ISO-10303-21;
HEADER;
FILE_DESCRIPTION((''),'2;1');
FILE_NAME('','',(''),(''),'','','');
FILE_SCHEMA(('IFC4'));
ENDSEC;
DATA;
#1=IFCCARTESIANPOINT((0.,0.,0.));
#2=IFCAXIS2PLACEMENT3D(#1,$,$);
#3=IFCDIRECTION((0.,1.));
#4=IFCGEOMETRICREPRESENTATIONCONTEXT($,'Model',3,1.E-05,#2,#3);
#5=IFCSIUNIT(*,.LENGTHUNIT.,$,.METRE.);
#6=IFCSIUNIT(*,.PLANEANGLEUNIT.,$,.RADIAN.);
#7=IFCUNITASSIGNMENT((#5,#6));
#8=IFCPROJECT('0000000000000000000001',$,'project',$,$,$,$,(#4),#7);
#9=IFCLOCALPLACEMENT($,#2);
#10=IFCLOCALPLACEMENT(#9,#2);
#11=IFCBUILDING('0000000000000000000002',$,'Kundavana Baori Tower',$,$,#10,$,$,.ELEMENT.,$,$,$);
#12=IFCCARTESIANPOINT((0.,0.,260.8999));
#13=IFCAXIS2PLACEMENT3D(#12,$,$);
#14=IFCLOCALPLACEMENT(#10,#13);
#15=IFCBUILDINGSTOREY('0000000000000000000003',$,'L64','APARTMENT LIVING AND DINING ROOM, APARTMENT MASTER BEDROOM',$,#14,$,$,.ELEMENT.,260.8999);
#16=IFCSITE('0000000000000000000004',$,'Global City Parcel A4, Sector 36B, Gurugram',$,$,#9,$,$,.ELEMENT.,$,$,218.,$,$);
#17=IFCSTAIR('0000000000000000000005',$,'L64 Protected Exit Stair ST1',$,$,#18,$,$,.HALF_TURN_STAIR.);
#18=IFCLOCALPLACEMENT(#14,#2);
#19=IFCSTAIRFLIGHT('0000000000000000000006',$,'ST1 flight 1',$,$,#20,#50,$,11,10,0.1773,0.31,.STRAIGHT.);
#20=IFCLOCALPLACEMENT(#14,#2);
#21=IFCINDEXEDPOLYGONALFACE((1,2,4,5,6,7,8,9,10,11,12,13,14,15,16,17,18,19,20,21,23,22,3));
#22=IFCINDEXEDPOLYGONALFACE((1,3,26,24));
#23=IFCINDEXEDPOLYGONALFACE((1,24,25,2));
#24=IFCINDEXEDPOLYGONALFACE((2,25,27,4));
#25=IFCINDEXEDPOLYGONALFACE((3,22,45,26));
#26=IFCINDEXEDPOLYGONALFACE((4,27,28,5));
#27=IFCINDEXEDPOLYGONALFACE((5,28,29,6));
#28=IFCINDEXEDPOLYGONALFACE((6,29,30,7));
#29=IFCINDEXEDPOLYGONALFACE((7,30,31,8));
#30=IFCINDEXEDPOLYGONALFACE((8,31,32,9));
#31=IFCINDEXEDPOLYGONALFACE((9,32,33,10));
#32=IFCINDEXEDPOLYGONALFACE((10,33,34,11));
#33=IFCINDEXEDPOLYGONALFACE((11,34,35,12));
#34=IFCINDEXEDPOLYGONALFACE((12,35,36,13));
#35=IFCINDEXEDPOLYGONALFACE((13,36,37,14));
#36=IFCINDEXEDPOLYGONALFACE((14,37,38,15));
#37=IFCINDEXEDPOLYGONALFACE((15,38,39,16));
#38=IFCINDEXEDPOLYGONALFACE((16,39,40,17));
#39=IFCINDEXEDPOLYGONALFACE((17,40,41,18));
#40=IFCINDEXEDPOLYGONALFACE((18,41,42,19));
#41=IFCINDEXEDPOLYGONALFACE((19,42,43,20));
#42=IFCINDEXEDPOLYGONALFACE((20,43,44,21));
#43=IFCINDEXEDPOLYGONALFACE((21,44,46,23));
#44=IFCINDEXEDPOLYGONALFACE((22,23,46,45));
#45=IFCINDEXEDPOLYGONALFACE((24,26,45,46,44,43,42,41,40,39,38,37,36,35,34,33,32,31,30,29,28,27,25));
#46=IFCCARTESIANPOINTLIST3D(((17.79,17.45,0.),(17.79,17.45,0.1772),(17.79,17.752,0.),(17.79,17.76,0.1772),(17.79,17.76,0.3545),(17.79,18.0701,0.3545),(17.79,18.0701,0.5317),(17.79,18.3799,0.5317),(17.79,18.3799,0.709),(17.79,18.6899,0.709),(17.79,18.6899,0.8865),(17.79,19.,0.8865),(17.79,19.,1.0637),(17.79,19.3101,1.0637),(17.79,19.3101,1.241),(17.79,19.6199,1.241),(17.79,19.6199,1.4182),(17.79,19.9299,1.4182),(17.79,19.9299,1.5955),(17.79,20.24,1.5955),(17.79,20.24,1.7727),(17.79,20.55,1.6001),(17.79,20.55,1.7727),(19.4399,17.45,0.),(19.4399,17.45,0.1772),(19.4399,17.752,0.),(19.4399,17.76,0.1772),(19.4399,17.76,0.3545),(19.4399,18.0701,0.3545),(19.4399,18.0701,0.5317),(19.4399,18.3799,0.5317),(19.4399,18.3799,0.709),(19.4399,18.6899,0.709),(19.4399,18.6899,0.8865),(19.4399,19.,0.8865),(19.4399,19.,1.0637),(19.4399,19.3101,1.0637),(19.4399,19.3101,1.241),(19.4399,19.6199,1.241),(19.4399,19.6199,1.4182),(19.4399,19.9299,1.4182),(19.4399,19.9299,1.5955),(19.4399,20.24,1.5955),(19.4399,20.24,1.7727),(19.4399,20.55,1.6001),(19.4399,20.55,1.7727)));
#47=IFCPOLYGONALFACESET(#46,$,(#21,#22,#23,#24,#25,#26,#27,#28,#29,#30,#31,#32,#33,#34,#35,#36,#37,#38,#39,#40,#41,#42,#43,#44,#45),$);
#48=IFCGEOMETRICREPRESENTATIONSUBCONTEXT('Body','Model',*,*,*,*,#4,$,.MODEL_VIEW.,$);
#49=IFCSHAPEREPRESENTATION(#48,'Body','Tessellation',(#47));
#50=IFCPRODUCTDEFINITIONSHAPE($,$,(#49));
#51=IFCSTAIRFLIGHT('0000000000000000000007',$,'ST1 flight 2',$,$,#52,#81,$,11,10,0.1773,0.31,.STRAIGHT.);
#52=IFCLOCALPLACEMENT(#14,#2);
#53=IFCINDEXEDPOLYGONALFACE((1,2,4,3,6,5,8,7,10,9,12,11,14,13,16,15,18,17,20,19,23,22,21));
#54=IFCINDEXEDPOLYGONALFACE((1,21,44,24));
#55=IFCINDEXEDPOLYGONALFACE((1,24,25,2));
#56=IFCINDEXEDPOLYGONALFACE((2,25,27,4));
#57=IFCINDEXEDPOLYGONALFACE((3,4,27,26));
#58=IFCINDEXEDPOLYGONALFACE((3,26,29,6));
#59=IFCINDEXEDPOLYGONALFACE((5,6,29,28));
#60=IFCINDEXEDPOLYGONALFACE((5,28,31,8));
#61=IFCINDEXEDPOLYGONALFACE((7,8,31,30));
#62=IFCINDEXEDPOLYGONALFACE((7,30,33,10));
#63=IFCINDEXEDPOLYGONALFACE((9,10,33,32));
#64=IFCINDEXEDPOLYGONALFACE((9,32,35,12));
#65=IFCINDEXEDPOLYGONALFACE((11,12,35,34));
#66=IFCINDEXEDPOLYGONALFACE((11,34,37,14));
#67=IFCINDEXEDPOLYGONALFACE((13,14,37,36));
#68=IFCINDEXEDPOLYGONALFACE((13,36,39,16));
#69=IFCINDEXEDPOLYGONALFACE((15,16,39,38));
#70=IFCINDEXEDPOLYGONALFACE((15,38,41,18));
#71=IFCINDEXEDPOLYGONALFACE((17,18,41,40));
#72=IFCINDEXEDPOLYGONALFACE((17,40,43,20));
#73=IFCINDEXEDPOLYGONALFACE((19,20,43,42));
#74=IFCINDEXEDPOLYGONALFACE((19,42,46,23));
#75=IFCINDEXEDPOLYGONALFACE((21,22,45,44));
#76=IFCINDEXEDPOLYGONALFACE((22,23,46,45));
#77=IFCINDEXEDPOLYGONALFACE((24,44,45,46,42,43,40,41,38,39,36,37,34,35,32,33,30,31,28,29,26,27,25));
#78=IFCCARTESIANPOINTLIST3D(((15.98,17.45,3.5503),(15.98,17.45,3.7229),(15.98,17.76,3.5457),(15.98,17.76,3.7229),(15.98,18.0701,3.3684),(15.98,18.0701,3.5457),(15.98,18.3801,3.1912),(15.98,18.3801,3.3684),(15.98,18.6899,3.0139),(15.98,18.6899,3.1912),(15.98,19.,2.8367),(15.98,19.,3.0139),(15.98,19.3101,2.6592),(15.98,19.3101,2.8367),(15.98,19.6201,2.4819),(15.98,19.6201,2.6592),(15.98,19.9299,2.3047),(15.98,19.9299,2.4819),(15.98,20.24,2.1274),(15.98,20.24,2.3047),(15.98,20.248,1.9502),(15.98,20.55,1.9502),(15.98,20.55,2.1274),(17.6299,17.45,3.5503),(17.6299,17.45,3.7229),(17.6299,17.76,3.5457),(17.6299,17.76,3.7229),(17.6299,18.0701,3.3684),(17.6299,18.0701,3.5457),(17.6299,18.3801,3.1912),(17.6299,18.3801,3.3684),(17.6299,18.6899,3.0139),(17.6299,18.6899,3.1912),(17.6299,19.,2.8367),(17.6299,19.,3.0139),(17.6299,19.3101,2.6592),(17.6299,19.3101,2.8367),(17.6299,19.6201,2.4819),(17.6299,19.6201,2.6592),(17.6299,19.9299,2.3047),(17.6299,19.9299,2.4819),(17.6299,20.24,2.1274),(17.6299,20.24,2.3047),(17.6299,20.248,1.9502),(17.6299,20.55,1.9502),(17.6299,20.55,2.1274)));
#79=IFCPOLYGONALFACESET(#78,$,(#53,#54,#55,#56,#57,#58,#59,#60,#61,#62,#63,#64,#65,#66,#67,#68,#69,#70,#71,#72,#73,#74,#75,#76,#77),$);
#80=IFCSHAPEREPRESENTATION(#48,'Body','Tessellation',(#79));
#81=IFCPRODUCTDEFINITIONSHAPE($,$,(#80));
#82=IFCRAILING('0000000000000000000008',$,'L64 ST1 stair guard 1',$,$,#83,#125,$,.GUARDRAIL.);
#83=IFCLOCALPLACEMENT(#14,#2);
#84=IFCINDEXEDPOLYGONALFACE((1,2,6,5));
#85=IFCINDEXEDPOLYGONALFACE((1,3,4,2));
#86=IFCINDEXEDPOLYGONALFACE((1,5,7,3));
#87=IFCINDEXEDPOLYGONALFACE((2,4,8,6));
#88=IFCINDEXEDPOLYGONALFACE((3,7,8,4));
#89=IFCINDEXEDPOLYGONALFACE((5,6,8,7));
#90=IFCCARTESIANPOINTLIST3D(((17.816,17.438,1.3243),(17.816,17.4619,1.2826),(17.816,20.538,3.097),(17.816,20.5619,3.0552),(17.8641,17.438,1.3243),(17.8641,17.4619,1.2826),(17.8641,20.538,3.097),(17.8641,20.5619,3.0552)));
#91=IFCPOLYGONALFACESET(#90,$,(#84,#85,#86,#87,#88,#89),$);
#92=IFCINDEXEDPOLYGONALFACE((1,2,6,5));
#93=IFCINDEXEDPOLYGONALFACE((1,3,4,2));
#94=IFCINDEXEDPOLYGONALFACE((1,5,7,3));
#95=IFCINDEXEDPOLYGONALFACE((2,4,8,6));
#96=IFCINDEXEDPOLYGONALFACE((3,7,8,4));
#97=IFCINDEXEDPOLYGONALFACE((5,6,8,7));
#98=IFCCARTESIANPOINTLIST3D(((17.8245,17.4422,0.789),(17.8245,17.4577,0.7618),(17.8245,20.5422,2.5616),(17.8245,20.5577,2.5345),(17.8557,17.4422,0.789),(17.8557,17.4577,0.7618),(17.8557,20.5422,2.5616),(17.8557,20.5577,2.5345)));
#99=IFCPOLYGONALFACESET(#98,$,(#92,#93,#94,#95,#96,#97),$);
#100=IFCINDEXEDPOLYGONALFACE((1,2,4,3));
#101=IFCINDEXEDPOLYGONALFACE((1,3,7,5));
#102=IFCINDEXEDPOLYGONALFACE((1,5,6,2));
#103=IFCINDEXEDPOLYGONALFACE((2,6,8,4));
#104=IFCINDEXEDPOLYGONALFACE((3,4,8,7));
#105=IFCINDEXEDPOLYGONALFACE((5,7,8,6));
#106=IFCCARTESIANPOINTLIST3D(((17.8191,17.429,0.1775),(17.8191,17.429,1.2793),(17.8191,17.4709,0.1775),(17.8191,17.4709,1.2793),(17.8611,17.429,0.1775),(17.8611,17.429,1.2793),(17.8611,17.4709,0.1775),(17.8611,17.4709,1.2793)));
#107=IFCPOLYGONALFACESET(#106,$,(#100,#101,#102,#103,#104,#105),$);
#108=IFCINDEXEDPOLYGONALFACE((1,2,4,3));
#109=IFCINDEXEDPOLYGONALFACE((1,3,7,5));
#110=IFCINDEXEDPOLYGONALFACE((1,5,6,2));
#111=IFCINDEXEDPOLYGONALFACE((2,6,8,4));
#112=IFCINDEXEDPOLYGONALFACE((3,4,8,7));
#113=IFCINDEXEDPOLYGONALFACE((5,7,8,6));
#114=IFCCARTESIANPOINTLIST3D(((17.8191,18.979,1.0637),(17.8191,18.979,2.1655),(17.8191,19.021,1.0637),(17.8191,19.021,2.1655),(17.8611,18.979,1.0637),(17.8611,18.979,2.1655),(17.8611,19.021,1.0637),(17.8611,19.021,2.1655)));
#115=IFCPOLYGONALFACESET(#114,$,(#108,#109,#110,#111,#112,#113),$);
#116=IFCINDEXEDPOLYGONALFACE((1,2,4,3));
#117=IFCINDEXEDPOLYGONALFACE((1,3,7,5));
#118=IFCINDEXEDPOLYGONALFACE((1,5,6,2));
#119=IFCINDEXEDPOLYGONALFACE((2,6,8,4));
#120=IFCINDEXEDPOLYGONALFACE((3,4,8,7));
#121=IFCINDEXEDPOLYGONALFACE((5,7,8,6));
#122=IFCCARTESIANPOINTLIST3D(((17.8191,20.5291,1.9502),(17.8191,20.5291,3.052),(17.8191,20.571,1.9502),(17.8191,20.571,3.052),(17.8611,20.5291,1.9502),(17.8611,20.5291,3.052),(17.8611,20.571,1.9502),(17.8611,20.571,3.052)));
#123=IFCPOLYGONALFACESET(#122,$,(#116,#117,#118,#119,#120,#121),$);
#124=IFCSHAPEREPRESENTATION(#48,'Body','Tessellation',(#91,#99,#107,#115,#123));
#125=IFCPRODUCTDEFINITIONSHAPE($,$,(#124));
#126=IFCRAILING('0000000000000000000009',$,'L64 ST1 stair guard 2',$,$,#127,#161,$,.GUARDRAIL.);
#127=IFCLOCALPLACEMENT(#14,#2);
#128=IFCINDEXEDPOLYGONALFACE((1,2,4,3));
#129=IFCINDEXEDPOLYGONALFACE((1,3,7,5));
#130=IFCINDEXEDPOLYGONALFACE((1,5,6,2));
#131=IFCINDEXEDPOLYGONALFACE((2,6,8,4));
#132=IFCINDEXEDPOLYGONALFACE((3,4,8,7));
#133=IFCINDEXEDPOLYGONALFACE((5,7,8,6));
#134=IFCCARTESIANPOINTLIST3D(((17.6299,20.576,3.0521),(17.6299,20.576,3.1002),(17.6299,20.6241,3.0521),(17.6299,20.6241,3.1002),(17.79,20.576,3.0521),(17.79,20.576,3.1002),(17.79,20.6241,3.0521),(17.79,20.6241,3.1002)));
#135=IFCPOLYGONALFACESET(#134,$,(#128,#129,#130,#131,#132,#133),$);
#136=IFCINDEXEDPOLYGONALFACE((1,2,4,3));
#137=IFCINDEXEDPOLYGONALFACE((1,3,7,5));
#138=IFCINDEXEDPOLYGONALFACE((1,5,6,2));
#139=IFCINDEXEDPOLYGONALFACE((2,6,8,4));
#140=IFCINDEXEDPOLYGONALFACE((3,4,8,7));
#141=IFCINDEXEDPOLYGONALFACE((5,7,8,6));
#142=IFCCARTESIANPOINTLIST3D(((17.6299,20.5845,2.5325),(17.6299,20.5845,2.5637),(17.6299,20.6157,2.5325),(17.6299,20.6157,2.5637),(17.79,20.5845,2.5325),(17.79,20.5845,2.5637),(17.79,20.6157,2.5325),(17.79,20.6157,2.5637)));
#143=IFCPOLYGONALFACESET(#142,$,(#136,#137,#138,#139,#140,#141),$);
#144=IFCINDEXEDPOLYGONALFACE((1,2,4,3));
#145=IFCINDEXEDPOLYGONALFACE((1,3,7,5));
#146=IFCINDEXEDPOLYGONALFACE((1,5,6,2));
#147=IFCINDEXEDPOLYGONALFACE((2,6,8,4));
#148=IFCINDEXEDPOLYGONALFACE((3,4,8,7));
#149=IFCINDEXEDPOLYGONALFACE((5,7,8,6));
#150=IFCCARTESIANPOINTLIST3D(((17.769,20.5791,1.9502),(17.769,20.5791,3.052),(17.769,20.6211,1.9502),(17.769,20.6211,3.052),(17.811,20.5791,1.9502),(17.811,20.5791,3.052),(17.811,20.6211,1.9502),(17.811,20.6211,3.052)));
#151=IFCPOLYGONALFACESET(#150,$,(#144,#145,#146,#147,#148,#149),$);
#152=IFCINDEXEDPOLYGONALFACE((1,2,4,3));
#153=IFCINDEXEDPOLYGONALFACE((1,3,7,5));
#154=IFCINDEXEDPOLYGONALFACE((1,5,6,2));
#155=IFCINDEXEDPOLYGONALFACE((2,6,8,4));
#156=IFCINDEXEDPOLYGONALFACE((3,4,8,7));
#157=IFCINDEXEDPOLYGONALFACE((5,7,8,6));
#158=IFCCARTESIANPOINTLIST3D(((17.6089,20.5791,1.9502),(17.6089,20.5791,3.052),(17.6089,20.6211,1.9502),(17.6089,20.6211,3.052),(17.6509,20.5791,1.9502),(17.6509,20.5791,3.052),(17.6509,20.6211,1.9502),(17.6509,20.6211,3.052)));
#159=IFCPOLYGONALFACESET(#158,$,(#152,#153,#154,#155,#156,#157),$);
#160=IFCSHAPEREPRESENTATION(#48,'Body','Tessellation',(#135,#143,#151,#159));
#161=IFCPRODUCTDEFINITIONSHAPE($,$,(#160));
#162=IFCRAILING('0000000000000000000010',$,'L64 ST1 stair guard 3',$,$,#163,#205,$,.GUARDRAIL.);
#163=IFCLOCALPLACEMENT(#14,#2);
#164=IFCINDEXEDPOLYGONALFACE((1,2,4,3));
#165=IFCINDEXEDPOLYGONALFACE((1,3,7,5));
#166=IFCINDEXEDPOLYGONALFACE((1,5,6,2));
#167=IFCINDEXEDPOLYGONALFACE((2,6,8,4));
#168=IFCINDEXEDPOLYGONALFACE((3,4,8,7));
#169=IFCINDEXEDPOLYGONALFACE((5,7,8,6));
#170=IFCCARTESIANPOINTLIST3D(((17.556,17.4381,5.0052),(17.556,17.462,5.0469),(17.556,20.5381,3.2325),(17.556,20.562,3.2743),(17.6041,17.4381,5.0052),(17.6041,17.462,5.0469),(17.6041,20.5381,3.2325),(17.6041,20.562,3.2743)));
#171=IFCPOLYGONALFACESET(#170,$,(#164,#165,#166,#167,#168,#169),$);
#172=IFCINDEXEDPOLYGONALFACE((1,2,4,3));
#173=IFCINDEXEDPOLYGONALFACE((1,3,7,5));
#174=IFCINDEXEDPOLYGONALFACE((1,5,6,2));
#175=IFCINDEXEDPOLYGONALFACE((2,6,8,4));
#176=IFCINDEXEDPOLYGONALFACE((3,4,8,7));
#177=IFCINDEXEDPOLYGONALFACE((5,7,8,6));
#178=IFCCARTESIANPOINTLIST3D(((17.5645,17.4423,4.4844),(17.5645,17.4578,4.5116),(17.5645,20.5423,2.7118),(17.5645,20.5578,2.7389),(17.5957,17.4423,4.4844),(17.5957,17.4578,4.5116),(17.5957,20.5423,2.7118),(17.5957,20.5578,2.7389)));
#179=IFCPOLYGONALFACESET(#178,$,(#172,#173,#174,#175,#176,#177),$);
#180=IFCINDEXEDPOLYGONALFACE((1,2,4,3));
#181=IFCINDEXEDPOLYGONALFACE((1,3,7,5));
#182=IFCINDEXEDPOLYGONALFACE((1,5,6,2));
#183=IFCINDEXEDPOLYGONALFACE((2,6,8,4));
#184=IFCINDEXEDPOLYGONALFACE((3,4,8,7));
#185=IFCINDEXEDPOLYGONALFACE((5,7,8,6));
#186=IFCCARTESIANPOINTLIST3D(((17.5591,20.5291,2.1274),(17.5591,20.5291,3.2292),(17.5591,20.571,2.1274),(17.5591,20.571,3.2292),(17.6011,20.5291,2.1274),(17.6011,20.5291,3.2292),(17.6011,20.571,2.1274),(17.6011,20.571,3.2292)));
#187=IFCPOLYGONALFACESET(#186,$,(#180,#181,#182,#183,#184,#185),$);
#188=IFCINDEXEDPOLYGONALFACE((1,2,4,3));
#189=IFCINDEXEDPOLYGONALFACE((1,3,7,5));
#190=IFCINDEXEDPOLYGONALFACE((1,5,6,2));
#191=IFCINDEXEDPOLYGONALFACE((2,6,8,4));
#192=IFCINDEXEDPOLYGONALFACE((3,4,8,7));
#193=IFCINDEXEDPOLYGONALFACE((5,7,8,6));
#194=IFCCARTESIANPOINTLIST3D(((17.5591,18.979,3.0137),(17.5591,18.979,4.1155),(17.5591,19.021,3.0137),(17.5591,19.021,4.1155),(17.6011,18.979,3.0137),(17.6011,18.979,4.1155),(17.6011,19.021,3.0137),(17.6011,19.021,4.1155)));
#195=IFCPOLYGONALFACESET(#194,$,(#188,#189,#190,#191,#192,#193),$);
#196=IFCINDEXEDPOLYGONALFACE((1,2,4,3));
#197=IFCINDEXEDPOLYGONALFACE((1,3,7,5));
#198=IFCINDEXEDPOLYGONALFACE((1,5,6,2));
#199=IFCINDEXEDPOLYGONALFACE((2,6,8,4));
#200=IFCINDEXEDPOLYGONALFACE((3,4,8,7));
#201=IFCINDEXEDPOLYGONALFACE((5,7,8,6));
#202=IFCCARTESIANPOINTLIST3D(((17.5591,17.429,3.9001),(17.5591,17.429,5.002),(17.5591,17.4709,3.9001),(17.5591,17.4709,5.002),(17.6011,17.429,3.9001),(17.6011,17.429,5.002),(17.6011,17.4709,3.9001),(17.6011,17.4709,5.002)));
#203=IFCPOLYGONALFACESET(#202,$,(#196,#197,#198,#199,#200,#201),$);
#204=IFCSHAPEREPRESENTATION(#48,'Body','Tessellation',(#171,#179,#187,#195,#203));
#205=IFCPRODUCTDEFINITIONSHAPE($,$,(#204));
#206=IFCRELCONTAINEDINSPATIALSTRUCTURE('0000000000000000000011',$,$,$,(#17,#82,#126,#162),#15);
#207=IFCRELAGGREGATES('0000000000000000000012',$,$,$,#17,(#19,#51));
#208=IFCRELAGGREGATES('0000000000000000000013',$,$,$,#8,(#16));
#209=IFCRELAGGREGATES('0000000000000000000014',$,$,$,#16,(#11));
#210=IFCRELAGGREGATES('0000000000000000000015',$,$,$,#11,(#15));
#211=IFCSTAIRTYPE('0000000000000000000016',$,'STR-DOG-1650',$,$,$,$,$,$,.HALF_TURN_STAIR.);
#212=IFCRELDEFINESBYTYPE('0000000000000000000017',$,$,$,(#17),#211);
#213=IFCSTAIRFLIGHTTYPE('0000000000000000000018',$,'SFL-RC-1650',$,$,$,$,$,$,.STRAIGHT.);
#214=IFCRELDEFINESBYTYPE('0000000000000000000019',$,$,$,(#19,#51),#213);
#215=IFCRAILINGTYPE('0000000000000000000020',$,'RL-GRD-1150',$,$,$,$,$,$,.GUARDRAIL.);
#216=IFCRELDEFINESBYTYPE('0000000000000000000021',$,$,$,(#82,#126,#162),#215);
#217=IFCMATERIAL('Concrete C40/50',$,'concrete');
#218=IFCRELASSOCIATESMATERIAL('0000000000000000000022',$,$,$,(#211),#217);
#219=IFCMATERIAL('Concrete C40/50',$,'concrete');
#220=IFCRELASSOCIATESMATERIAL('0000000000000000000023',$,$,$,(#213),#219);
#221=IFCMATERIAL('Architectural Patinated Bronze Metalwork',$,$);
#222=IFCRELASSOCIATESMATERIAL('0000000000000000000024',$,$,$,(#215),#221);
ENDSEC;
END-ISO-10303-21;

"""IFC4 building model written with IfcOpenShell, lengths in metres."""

from ifc_helpers import new_model, si_unit, direction, frame, origin, origin_2d, place, context, subcontext, project, spatial, polyline, rectangle, outline, extrude, material, type_object, element, aggregate, save


model = new_model("IFC4")

# Units and contexts
model_context = context("Model", 3, precision=1e-05, world=origin(), true_north=direction((0.0, 1.0)))
body_context = subcontext(model_context, "Body", "Model", "MODEL_VIEW")
ifc_project = project(units=[si_unit("LENGTHUNIT", "METRE"), si_unit("PLANEANGLEUNIT", "RADIAN")], contexts=[model_context])

# Site, building, storey
site_placement = place(None, origin())
site = spatial("IfcSite", under=ifc_project, at=site_placement, Name="Global City Parcel A4, Sector 36B, Gurugram", CompositionType="ELEMENT", RefElevation=218.0)
building_placement = place(site_placement, origin())
building = spatial("IfcBuilding", under=site, at=building_placement, Name="Kundavana Baori Tower", CompositionType="ELEMENT")
storey_placement = place(building_placement, frame((0.0, 0.0, 260.8999)))
storey = spatial("IfcBuildingStorey", under=building, at=storey_placement, Name="L64", Description="APARTMENT LIVING AND DINING ROOM, APARTMENT MASTER BEDROOM", CompositionType="ELEMENT", Elevation=260.8999)

# Stair, stair flights
ifc_material_1 = material(Name="Concrete C40/50", Category="concrete")
stair_type = type_object("IfcStairType", Name="STR-DOG-1650", PredefinedType="HALF_TURN_STAIR", material=ifc_material_1)
stair_placement = place(storey_placement, origin())
stair = element("IfcStair", 1, at=stair_placement, inside=storey, type_object=stair_type, Name="L64 Protected Exit Stair ST1", PredefinedType="HALF_TURN_STAIR")
ifc_material_2 = material(Name="Concrete C40/50", Category="concrete")
stair_flight_type = type_object("IfcStairFlightType", Name="SFL-RC-1650", PredefinedType="STRAIGHT", material=ifc_material_2)
stair_flight_1_placement = place(storey_placement, frame((18.615, 17.45, 0.0), z_axis=(0.0, 0.0, 1.0), x_axis=(0.0, 1.0, 0.0)))
stair_flight_1 = element("IfcStairFlight", 2, at=stair_flight_1_placement, type_object=stair_flight_type, Name="ST1 flight 1", NumberOfRisers=11, NumberOfTreads=10, PredefinedType="STRAIGHT", RiserHeight=0.1773, TreadLength=0.31, context=body_context, shape_type="SweptSolid", body=[
    extrude(outline(polyline([(0.0, 0.0), (0.0, 0.1772), (0.3101, 0.1772), (0.3101, 0.3545), (0.6201, 0.3545), (0.6201, 0.5317), (0.9299, 0.5317), (0.9299, 0.709), (1.24, 0.709), (1.24, 0.8865), (1.55, 0.8865), (1.55, 1.0637), (1.8601, 1.0637), (1.8601, 1.241), (2.1699, 1.241), (2.1699, 1.4182), (2.48, 1.4182), (2.48, 1.5955), (2.79, 1.5955), (2.79, 1.7727), (3.1001, 1.7727), (3.1001, 1.95), (3.1001, 1.6001), (0.302, 0.0), (0.0, 0.0)])), frame((0.0, 0.825, 0.0), z_axis=(0.0, -1.0, 0.0), x_axis=(1.0, 0.0, 0.0)), (0.0, 0.0, 1.0), 1.6499),
])
stair_flight_2_placement = place(storey_placement, frame((16.8049, 20.55, 1.9502), z_axis=(0.0, 0.0, 1.0), x_axis=(0.0, -1.0, 0.0)))
stair_flight_2 = element("IfcStairFlight", 3, at=stair_flight_2_placement, type_object=stair_flight_type, Name="ST1 flight 2", NumberOfRisers=11, NumberOfTreads=10, PredefinedType="STRAIGHT", RiserHeight=0.1773, TreadLength=0.31, context=body_context, shape_type="SweptSolid", body=[
    extrude(outline(polyline([(0.0, 0.0), (0.0, 0.1772), (0.3101, 0.1772), (0.3101, 0.3545), (0.6201, 0.3545), (0.6201, 0.5317), (0.9299, 0.5317), (0.9299, 0.709), (1.24, 0.709), (1.24, 0.8865), (1.55, 0.8865), (1.55, 1.0637), (1.8601, 1.0637), (1.8601, 1.241), (2.1699, 1.241), (2.1699, 1.4182), (2.48, 1.4182), (2.48, 1.5955), (2.79, 1.5955), (2.79, 1.7727), (3.1001, 1.7727), (3.1001, 1.95), (3.1001, 1.6001), (0.302, 0.0), (0.0, 0.0)])), frame((0.0, 0.825, 0.0), z_axis=(0.0, -1.0, 0.0), x_axis=(1.0, 0.0, 0.0)), (0.0, 0.0, 1.0), 1.6499),
])
aggregate(stair, [stair_flight_1, stair_flight_2])

# Railings
ifc_material_3 = material(Name="Architectural Patinated Bronze Metalwork")
railing_type_1 = type_object("IfcRailingType", Name="RL-GRD-1150", PredefinedType="GUARDRAIL", material=ifc_material_3)
railing_1_placement = place(storey_placement, frame((17.8401, 17.45, 0.1775)))
element("IfcRailing", 4, at=railing_1_placement, inside=storey, type_object=railing_type_1, Name="L64 ST1 stair guard 1", PredefinedType="GUARDRAIL", context=body_context, shape_type="SweptSolid", body=[
    extrude(rectangle(XDim=0.0481, YDim=0.0481, at=origin_2d()), frame((0.0, 0.0, 1.126), z_axis=(0.0, 0.868096, 0.496397), x_axis=(-1.0, 0.0, 0.0)), (0.0, 0.0, 1.0), 3.571),
    extrude(rectangle(XDim=0.0312, YDim=0.0312, at=origin_2d()), frame((0.0, 0.0, 0.5979), z_axis=(0.0, 0.868096, 0.496397), x_axis=(-1.0, 0.0, 0.0)), (0.0, 0.0, 1.0), 3.571),
    extrude(rectangle(XDim=0.042, YDim=0.042, at=origin_2d()), origin(), (0.0, 0.0, 1.0), 1.1018),
    extrude(rectangle(XDim=0.042, YDim=0.042, at=origin_2d()), frame((0.0, 1.55, 0.8862)), (0.0, 0.0, 1.0), 1.1018),
    extrude(rectangle(XDim=0.042, YDim=0.042, at=origin_2d()), frame((0.0, 3.1001, 1.7727)), (0.0, 0.0, 1.0), 1.1018),
])
railing_2_placement = place(storey_placement, frame((17.79, 20.6001, 1.9502)))
element("IfcRailing", 5, at=railing_2_placement, inside=storey, type_object=railing_type_1, Name="L64 ST1 stair guard 2", PredefinedType="GUARDRAIL", context=body_context, shape_type="SweptSolid", body=[
    extrude(rectangle(XDim=0.0481, YDim=0.0481, at=origin_2d()), frame((0.0, 0.0, 1.126), z_axis=(-1.0, 0.0, 0.0), x_axis=(0.0, -1.0, 0.0)), (0.0, 0.0, 1.0), 0.1602),
    extrude(rectangle(XDim=0.0312, YDim=0.0312, at=origin_2d()), frame((0.0, 0.0, 0.5979), z_axis=(-1.0, 0.0, 0.0), x_axis=(0.0, -1.0, 0.0)), (0.0, 0.0, 1.0), 0.1602),
    extrude(rectangle(XDim=0.042, YDim=0.042, at=origin_2d()), origin(), (0.0, 0.0, 1.0), 1.1018),
    extrude(rectangle(XDim=0.042, YDim=0.042, at=origin_2d()), frame((-0.1602, 0.0, 0.0)), (0.0, 0.0, 1.0), 1.1018),
])
railing_3_placement = place(storey_placement, frame((17.5801, 20.55, 2.1274)))
element("IfcRailing", 6, at=railing_3_placement, inside=storey, type_object=railing_type_1, Name="L64 ST1 stair guard 3", PredefinedType="GUARDRAIL", context=body_context, shape_type="SweptSolid", body=[
    extrude(rectangle(XDim=0.0481, YDim=0.0481, at=origin_2d()), frame((0.0, 0.0, 1.126), z_axis=(0.0, -0.868096, 0.496397), x_axis=(1.0, 0.0, 0.0)), (0.0, 0.0, 1.0), 3.571),
    extrude(rectangle(XDim=0.0312, YDim=0.0312, at=origin_2d()), frame((0.0, 0.0, 0.5979), z_axis=(0.0, -0.868096, 0.496397), x_axis=(1.0, 0.0, 0.0)), (0.0, 0.0, 1.0), 3.571),
    extrude(rectangle(XDim=0.042, YDim=0.042, at=origin_2d()), origin(), (0.0, 0.0, 1.0), 1.1018),
    extrude(rectangle(XDim=0.042, YDim=0.042, at=origin_2d()), frame((0.0, -1.55, 0.8862)), (0.0, 0.0, 1.0), 1.1018),
    extrude(rectangle(XDim=0.042, YDim=0.042, at=origin_2d()), frame((0.0, -3.1001, 1.7727)), (0.0, 0.0, 1.0), 1.1018),
])

save(model, "model.ifc")
